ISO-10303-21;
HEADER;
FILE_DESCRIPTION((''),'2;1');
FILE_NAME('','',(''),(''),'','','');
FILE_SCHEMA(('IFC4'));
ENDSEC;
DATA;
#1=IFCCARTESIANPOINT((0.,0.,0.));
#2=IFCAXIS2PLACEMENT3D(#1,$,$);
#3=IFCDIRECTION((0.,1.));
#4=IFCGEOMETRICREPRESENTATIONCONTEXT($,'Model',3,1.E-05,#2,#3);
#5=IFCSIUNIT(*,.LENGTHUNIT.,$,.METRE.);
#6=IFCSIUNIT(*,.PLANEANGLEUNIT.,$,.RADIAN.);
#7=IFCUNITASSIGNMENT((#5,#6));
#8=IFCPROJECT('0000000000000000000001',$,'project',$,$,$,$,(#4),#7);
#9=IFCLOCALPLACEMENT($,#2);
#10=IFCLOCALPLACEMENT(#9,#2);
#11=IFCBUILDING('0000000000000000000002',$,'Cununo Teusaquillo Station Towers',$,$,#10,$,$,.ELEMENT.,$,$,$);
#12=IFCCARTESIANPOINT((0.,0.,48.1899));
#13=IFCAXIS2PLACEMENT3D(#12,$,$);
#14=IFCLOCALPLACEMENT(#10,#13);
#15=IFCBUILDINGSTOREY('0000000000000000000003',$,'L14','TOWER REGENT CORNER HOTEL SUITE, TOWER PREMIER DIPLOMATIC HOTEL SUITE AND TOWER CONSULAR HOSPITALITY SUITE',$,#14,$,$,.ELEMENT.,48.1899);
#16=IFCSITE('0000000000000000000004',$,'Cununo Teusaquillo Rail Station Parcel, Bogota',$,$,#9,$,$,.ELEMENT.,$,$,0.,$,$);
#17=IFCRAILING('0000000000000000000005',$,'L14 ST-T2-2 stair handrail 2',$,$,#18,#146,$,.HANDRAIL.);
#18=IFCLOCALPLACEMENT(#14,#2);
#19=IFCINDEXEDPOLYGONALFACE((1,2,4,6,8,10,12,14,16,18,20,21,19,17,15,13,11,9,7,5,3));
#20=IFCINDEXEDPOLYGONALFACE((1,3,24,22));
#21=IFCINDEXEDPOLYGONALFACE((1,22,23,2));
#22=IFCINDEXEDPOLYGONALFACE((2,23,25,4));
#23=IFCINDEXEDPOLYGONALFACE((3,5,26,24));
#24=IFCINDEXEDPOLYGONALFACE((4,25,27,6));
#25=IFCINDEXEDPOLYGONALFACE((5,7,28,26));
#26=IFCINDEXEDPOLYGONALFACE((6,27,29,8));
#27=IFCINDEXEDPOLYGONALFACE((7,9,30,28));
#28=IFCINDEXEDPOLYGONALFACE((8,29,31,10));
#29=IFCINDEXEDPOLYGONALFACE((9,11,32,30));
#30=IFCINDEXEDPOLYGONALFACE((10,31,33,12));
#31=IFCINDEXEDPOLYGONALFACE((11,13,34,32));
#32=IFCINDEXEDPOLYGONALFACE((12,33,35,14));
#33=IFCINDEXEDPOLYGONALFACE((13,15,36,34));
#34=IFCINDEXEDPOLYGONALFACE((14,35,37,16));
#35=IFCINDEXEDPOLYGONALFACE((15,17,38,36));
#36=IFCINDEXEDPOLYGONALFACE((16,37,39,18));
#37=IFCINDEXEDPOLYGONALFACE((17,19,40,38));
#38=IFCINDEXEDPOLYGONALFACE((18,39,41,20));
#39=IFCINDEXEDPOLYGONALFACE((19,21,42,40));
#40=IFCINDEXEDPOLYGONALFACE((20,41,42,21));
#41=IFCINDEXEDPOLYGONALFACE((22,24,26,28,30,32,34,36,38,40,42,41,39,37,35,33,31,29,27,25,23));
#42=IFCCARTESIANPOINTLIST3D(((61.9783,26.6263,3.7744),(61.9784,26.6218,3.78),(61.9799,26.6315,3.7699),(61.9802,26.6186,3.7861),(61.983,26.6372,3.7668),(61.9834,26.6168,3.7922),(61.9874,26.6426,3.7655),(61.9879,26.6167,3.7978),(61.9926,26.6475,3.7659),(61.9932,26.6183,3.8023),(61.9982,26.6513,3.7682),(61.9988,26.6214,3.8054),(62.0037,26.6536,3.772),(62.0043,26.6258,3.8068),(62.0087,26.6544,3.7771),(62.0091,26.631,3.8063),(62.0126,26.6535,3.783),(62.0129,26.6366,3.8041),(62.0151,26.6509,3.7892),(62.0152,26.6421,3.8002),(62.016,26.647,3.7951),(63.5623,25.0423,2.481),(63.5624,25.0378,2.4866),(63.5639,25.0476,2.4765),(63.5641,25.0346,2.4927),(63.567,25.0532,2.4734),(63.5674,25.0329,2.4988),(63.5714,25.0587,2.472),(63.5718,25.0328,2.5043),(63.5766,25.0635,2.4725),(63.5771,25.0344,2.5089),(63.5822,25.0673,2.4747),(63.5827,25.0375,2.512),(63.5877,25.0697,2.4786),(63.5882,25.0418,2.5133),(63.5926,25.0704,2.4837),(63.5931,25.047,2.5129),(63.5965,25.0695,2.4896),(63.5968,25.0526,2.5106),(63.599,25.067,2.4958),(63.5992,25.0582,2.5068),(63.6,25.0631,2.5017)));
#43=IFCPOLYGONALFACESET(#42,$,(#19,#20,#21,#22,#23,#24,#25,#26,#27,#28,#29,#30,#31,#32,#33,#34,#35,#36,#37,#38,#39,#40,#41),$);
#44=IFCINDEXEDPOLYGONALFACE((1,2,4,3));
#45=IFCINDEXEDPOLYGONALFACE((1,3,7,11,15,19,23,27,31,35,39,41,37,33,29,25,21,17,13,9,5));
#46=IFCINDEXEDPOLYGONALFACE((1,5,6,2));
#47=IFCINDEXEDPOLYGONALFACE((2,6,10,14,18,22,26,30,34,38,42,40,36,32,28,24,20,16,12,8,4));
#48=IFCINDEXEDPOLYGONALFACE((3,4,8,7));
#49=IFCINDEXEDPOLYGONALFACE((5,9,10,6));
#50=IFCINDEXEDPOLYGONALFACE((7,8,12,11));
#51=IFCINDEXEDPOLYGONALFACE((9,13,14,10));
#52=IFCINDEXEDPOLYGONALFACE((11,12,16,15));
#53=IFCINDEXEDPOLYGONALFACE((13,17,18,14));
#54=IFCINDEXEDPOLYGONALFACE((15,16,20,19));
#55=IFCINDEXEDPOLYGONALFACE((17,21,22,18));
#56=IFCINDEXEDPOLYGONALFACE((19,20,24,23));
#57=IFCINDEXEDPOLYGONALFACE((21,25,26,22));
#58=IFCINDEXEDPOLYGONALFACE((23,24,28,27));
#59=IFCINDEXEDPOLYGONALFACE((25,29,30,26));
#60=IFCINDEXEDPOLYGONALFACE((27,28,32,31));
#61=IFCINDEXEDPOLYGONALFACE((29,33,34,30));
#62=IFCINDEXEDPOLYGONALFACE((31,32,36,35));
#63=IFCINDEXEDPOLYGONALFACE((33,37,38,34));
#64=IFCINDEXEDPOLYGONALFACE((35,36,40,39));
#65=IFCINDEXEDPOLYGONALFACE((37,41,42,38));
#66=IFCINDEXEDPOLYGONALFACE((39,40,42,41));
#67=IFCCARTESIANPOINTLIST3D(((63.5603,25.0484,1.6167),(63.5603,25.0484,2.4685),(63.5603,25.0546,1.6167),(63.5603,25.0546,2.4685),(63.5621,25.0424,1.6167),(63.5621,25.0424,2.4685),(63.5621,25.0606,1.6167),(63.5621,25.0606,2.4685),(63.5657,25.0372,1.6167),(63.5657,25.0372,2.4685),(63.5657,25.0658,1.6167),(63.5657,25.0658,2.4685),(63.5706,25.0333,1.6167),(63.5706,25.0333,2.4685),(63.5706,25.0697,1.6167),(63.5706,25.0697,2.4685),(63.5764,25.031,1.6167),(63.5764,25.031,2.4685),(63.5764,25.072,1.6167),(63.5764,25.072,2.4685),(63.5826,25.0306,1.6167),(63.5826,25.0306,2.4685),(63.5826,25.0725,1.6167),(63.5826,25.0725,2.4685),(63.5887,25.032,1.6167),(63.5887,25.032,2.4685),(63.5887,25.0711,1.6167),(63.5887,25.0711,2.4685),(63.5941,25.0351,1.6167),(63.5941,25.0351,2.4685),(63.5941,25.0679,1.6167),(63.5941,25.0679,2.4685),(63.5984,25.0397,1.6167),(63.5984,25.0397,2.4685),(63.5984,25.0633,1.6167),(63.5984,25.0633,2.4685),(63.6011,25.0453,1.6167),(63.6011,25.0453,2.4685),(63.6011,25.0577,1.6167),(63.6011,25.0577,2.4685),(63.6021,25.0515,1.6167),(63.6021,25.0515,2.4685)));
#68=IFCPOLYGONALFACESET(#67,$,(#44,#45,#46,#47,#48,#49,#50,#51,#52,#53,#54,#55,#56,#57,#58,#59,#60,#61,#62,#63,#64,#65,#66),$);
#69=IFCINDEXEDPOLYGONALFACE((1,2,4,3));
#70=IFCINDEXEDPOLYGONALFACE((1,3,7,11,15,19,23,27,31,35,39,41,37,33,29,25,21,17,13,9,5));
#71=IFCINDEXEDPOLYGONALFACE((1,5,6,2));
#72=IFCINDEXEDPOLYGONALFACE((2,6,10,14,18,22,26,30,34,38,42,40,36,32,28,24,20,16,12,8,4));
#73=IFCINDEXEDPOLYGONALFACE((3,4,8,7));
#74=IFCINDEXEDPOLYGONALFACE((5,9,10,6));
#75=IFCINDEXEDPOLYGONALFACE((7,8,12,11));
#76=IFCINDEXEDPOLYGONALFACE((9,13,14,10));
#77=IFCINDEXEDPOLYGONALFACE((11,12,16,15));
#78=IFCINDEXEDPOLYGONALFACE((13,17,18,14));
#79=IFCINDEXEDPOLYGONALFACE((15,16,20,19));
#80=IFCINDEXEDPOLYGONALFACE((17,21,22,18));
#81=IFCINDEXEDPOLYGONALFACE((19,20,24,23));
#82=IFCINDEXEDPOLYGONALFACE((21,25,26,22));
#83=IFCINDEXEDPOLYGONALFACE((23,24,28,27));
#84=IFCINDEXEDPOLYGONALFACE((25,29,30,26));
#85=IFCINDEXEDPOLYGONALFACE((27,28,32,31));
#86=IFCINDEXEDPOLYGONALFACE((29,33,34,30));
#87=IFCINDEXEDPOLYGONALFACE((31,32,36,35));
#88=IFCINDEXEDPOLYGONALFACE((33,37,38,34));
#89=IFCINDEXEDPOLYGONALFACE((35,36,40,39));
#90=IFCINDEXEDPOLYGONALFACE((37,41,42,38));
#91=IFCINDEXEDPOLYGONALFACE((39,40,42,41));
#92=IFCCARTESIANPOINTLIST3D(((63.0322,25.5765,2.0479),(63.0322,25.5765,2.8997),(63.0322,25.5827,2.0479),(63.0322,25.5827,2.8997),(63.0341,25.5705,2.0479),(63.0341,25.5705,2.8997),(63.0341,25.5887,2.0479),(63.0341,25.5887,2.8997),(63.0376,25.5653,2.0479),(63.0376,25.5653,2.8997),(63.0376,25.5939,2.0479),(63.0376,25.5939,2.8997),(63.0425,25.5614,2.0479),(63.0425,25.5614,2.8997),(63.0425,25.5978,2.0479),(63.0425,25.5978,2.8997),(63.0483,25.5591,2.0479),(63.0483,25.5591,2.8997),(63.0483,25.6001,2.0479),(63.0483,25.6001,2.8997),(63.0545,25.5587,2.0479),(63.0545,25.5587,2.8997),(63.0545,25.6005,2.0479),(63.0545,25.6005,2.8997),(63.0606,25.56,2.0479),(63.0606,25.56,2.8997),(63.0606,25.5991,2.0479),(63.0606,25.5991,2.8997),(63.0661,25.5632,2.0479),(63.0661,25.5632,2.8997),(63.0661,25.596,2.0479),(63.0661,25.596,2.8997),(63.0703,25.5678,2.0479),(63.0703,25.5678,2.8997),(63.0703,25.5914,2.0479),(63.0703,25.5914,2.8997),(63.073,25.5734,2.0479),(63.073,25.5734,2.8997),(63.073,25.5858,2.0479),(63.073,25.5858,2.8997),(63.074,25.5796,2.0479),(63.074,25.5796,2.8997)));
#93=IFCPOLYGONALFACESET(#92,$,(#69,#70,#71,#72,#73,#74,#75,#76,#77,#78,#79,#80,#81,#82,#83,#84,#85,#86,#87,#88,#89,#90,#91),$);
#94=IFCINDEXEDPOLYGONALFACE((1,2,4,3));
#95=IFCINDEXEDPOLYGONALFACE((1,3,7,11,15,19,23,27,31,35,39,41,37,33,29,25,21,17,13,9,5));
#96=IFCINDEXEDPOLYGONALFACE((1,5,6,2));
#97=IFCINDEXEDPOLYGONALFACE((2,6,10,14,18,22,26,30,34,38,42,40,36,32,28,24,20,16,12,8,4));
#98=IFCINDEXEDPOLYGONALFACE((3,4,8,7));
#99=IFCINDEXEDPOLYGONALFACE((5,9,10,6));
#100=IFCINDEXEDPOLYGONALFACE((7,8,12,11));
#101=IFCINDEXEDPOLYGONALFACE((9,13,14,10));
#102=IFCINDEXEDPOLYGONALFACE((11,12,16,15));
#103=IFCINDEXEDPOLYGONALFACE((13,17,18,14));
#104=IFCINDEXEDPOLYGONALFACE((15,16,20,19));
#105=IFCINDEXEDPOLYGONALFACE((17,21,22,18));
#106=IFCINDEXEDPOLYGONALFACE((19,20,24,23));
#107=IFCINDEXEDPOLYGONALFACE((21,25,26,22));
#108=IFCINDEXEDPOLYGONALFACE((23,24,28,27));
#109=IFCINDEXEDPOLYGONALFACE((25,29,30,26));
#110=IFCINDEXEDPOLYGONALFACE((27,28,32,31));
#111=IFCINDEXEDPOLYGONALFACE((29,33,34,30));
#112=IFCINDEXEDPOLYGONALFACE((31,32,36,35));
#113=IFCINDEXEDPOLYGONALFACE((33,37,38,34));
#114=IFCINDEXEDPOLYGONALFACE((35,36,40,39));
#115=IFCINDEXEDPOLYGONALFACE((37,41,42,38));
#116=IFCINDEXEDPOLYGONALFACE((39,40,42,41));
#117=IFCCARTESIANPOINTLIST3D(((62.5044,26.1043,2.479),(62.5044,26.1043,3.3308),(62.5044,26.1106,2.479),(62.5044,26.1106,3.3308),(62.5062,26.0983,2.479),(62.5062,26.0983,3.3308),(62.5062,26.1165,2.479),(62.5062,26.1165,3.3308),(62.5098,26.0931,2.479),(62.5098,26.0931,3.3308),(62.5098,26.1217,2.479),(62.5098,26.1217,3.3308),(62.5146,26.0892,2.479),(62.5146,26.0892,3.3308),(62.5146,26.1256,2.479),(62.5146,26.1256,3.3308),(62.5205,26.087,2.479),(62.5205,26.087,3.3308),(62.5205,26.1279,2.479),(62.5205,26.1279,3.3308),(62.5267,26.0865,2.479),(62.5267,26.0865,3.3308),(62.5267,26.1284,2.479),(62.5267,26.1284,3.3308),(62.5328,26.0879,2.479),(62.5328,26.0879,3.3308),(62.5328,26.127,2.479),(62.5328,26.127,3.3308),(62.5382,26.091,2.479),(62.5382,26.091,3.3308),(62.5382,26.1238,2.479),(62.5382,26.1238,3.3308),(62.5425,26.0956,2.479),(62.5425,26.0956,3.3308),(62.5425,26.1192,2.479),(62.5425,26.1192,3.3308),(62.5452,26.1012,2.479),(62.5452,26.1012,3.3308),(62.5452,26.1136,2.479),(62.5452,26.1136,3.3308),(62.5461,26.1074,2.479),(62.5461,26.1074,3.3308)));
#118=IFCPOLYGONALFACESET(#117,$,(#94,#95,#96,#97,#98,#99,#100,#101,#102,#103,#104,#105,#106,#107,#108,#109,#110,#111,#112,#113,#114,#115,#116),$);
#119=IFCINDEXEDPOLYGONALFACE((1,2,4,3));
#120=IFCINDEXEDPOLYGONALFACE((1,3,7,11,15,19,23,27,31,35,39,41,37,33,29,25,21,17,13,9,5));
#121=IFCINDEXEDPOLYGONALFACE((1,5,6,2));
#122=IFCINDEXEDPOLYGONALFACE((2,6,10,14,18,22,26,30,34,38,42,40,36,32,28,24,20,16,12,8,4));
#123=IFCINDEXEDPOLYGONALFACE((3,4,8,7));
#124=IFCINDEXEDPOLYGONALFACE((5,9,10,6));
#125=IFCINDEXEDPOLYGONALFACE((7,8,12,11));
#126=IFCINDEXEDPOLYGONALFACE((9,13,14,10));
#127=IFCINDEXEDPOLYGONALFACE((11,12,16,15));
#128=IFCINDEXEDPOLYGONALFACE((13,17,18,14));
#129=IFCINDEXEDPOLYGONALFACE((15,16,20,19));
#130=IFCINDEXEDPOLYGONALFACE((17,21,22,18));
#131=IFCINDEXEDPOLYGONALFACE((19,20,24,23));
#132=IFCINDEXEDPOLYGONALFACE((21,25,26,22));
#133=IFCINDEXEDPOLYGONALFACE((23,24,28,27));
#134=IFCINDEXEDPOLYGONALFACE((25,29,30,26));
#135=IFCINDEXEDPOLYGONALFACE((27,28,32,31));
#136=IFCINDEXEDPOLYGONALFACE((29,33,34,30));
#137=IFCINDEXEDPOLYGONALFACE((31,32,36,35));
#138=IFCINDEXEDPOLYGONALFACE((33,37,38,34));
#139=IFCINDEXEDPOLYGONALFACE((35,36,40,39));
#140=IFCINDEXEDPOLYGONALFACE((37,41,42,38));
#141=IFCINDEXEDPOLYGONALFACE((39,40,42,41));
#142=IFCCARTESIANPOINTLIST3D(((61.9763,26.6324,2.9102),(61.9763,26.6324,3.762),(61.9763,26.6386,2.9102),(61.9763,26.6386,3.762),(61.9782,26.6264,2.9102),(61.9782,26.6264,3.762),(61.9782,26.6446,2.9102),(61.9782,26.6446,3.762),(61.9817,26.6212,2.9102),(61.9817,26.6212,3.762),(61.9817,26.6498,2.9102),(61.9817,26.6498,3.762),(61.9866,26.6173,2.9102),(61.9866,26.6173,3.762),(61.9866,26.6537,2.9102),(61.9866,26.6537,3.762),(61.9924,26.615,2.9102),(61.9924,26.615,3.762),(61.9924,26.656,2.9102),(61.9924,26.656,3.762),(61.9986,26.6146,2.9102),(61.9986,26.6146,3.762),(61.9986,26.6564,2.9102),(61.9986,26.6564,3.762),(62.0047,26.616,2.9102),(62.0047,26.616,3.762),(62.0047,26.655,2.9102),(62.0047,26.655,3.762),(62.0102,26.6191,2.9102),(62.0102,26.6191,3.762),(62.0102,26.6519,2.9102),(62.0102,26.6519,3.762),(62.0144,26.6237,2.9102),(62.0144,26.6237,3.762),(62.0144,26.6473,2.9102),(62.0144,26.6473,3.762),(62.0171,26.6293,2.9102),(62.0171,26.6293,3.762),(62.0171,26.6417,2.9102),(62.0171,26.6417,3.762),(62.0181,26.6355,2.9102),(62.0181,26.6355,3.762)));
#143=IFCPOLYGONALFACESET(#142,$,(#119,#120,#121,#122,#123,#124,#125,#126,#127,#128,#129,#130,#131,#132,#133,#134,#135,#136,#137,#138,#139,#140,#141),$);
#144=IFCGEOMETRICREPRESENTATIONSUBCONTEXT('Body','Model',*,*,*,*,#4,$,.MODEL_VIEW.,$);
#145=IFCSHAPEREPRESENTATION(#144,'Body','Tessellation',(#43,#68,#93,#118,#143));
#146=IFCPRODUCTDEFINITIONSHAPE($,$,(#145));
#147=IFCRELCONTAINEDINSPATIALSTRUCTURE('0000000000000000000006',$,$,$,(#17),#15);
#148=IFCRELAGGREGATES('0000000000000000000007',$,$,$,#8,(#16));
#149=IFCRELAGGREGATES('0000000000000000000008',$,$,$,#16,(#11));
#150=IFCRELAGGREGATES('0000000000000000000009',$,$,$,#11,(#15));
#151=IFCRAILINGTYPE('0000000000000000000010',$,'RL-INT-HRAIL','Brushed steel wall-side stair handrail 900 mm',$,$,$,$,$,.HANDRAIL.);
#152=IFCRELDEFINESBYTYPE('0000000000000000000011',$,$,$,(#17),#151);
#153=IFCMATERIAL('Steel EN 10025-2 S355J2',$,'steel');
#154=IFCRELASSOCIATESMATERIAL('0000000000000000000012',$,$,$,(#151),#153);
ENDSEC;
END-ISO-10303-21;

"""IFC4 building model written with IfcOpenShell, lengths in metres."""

from ifc_helpers import new_model, si_unit, direction, frame, origin, origin_2d, place, context, subcontext, project, spatial, circle, extrude, material, type_object, element, save


model = new_model("IFC4")

# Units and contexts
model_context = context("Model", 3, precision=1e-05, world=origin(), true_north=direction((0.0, 1.0)))
body_context = subcontext(model_context, "Body", "Model", "MODEL_VIEW")
ifc_project = project(units=[si_unit("LENGTHUNIT", "METRE"), si_unit("PLANEANGLEUNIT", "RADIAN")], contexts=[model_context])

# Site, building, storey
site_placement = place(None, origin())
site = spatial("IfcSite", under=ifc_project, at=site_placement, Name="Cununo Teusaquillo Rail Station Parcel, Bogota", CompositionType="ELEMENT", RefElevation=0.0)
building_placement = place(site_placement, origin())
building = spatial("IfcBuilding", under=site, at=building_placement, Name="Cununo Teusaquillo Station Towers", CompositionType="ELEMENT")
storey_placement = place(building_placement, frame((0.0, 0.0, 48.1899)))
storey = spatial("IfcBuildingStorey", under=building, at=storey_placement, Name="L14", Description="TOWER REGENT CORNER HOTEL SUITE, TOWER PREMIER DIPLOMATIC HOTEL SUITE AND TOWER CONSULAR HOSPITALITY SUITE", CompositionType="ELEMENT", Elevation=48.1899)

# Railing
ifc_material_1 = material(Name="Steel EN 10025-2 S355J2", Category="steel")
railing_type_1 = type_object("IfcRailingType", Name="RL-INT-HRAIL", Description="Brushed steel wall-side stair handrail 900 mm", PredefinedType="HANDRAIL", material=ifc_material_1)
railing_1_placement = place(storey_placement, frame((63.5811, 25.0515, 1.6167)))
element("IfcRailing", 1, at=railing_1_placement, inside=storey, type_object=railing_type_1, Name="L14 ST-T2-2 stair handrail 2", PredefinedType="HANDRAIL", context=body_context, shape_type="SweptSolid", body=[
    extrude(circle(Radius=0.0239, at=origin_2d()), frame((0.0, 0.0, 0.876), z_axis=(-0.612356, 0.612356, 0.50004), x_axis=(-0.707107, -0.707107, 0.0)), (0.0, 0.0, 1.0), 2.5867),
    extrude(circle(Radius=0.021, at=origin_2d()), origin(), (0.0, 0.0, 1.0), 0.8518),
    extrude(circle(Radius=0.021, at=origin_2d()), frame((-0.5281, 0.5281, 0.4312)), (0.0, 0.0, 1.0), 0.8518),
    extrude(circle(Radius=0.021, at=origin_2d()), frame((-1.0559, 1.0559, 0.8623)), (0.0, 0.0, 1.0), 0.8518),
    extrude(circle(Radius=0.021, at=origin_2d()), frame((-1.584, 1.584, 1.2935)), (0.0, 0.0, 1.0), 0.8518),
])

save(model, "model.ifc")
